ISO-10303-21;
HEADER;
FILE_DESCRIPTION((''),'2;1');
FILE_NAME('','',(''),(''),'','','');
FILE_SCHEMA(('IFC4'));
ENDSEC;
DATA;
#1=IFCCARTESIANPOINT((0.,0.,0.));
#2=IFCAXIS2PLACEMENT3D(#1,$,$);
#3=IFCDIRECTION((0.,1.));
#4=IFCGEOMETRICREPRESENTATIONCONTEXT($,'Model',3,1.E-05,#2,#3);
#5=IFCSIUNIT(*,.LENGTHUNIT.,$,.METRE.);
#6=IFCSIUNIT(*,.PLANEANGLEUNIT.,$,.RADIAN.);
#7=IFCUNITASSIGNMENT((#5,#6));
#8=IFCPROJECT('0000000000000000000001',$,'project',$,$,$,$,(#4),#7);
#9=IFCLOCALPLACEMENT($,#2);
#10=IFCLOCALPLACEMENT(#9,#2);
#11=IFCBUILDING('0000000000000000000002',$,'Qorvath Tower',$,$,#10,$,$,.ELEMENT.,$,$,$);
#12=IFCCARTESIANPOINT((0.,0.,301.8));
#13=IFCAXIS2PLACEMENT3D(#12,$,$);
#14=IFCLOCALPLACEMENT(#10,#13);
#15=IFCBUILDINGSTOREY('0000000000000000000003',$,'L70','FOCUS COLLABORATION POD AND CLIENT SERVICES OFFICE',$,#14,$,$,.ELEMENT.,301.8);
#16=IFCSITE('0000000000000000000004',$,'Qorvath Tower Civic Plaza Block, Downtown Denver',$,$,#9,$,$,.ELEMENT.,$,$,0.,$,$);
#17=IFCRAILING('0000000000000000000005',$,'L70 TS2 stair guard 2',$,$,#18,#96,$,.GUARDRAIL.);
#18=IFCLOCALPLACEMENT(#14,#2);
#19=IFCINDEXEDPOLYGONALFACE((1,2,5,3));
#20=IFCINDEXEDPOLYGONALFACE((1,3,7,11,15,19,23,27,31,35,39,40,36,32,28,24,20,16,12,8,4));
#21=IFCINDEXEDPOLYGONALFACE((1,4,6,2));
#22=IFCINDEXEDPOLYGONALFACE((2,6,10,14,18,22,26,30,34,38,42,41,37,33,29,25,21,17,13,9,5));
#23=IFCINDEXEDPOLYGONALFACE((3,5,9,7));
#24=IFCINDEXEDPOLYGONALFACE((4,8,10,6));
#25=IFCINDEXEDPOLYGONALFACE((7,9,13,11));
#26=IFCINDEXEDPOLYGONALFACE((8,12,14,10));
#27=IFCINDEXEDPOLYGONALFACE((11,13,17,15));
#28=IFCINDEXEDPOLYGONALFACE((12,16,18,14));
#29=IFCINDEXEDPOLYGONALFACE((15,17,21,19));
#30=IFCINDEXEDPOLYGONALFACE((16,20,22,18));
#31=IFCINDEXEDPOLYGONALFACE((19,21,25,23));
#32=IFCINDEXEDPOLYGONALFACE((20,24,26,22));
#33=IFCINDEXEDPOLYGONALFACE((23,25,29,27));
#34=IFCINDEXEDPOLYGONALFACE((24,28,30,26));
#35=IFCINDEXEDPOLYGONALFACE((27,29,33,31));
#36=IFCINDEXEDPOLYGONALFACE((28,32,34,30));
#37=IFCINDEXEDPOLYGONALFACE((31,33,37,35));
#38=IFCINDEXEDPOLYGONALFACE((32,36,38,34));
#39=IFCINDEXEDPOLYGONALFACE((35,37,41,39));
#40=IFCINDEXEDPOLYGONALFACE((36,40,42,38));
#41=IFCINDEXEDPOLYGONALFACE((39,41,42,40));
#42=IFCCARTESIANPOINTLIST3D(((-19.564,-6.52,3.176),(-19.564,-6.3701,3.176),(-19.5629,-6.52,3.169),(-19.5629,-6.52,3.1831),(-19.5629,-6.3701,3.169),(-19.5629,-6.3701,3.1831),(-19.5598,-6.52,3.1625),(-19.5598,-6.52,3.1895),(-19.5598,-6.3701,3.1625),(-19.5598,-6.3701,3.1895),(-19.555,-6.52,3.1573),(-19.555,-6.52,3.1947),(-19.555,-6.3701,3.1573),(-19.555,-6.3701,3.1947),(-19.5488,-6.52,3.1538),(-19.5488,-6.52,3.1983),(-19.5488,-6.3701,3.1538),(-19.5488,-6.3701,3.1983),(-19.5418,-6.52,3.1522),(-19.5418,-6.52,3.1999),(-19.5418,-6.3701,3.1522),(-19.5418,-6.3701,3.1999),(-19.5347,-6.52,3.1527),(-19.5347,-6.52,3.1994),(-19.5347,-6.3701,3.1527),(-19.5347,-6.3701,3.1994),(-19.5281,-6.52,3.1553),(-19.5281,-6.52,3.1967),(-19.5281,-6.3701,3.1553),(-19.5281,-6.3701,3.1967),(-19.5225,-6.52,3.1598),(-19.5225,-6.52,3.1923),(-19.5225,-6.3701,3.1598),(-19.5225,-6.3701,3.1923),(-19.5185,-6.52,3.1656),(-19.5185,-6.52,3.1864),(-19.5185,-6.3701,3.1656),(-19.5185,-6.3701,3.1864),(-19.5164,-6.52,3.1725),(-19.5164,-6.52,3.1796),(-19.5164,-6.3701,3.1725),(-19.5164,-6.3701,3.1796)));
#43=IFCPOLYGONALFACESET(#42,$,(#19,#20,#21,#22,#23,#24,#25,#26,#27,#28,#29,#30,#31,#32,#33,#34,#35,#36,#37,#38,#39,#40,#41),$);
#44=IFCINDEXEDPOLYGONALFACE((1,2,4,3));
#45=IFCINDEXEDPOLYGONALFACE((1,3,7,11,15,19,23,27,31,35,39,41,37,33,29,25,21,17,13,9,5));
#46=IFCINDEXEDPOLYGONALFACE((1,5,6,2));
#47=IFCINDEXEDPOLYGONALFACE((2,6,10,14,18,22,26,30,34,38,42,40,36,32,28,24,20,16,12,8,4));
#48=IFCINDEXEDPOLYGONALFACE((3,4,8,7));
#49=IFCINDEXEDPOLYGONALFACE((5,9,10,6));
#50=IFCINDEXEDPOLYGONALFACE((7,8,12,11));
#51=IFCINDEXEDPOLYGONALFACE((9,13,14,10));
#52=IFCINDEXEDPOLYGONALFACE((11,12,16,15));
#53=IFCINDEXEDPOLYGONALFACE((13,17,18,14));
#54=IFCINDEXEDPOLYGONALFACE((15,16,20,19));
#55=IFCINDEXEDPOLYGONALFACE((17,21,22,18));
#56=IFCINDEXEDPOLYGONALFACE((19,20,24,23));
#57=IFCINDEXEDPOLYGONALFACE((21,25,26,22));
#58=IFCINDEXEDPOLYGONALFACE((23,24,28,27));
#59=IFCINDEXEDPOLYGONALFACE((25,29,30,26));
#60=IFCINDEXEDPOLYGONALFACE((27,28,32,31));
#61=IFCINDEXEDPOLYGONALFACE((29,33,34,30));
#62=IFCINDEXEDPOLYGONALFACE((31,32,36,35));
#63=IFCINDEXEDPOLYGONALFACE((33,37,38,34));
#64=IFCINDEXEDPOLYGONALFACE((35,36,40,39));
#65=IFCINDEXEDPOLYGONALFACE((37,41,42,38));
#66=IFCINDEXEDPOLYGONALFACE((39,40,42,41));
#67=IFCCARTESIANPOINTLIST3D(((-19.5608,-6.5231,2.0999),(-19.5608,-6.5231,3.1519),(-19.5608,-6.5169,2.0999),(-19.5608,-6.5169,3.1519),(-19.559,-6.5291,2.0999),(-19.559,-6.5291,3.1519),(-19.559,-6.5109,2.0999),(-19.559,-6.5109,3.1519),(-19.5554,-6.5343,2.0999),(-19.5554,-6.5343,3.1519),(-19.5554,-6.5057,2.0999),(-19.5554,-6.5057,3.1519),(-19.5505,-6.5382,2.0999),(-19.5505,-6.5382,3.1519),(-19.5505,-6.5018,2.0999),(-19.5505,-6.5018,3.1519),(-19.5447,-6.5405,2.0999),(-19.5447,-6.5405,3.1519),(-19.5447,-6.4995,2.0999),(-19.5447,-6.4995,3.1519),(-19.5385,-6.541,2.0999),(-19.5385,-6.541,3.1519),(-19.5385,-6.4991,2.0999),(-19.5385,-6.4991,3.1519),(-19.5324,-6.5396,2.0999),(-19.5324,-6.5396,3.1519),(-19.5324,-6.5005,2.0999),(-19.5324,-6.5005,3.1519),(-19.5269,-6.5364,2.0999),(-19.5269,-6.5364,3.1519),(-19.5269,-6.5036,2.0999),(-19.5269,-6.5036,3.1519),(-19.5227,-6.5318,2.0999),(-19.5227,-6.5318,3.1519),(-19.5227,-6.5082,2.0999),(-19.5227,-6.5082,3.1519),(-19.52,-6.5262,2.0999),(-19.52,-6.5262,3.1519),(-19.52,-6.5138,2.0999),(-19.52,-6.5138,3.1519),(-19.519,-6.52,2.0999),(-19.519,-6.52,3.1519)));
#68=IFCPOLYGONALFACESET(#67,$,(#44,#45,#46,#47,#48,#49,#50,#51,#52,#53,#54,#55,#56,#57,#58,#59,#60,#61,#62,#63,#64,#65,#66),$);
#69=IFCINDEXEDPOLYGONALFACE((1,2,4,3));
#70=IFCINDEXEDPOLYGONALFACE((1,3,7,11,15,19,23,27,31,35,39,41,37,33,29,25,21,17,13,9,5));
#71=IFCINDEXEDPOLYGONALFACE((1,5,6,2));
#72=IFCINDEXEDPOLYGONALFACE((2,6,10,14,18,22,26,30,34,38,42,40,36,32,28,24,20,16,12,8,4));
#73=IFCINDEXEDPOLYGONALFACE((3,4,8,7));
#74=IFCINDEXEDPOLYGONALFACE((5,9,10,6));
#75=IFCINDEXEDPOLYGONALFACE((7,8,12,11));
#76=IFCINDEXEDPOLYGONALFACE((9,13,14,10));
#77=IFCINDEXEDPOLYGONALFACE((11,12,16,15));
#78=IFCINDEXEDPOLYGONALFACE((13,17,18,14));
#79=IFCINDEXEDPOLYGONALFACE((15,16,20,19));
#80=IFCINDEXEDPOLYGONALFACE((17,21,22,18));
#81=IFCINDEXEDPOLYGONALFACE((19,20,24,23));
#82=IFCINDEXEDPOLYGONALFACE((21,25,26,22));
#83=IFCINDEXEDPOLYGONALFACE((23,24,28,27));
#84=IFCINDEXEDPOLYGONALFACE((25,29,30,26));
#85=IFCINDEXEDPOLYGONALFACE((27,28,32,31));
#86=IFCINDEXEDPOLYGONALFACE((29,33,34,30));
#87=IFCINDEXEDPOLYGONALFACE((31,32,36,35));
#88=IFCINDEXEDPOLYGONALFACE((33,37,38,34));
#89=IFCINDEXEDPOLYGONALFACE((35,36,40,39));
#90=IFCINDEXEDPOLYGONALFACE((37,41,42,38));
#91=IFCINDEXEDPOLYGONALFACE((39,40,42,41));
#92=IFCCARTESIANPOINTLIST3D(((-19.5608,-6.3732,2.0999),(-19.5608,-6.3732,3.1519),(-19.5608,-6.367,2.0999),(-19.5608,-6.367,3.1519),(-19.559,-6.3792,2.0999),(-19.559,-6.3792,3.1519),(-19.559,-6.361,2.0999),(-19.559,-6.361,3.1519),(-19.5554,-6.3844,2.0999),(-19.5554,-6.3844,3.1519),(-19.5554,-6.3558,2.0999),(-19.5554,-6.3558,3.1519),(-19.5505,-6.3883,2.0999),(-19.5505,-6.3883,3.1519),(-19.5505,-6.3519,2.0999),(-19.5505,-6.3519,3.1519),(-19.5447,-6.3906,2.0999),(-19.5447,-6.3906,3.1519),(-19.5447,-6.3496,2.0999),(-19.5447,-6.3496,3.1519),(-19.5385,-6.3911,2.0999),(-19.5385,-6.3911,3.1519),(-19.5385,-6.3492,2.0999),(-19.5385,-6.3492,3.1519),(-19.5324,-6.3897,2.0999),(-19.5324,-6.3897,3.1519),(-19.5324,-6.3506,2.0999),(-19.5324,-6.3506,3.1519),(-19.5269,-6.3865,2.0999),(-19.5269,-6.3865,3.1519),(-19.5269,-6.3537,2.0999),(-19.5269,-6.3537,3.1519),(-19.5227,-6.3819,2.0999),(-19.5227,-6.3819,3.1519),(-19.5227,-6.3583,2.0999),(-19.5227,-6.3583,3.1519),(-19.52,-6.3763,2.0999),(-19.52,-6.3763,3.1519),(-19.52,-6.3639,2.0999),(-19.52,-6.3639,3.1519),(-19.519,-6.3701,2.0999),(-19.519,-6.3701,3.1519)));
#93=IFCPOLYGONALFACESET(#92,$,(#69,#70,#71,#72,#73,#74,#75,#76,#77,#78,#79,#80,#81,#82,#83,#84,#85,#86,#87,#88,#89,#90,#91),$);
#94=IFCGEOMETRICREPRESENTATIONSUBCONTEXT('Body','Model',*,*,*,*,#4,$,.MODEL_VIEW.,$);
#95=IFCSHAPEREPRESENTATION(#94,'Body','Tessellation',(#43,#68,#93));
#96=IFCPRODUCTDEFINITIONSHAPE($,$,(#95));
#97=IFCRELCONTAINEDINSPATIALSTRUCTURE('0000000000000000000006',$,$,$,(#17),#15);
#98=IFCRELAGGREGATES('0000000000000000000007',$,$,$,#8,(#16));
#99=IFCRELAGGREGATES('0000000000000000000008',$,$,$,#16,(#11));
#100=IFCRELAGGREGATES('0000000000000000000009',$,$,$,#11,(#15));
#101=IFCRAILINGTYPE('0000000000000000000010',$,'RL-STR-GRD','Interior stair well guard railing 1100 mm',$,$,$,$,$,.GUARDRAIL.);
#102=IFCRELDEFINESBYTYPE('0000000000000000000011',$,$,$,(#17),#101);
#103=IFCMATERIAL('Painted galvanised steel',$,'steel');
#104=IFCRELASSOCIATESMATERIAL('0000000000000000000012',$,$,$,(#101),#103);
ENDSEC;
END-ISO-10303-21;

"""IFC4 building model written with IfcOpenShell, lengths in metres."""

from ifc_helpers import new_model, si_unit, direction, frame, origin, origin_2d, place, context, subcontext, project, spatial, circle, extrude, material, type_object, element, save


model = new_model("IFC4")

# Units and contexts
model_context = context("Model", 3, precision=1e-05, world=origin(), true_north=direction((0.0, 1.0)))
body_context = subcontext(model_context, "Body", "Model", "MODEL_VIEW")
ifc_project = project(units=[si_unit("LENGTHUNIT", "METRE"), si_unit("PLANEANGLEUNIT", "RADIAN")], contexts=[model_context])

# Site, building, storey
site_placement = place(None, origin())
site = spatial("IfcSite", under=ifc_project, at=site_placement, Name="Qorvath Tower Civic Plaza Block, Downtown Denver", CompositionType="ELEMENT", RefElevation=0.0)
building_placement = place(site_placement, origin())
building = spatial("IfcBuilding", under=site, at=building_placement, Name="Qorvath Tower", CompositionType="ELEMENT")
storey_placement = place(building_placement, frame((0.0, 0.0, 301.8)))
storey = spatial("IfcBuildingStorey", under=building, at=storey_placement, Name="L70", Description="FOCUS COLLABORATION POD AND CLIENT SERVICES OFFICE", CompositionType="ELEMENT", Elevation=301.8)

# Railing
ifc_material_1 = material(Name="Painted galvanised steel", Category="steel")
railing_type = type_object("IfcRailingType", Name="RL-STR-GRD", Description="Interior stair well guard railing 1100 mm", PredefinedType="GUARDRAIL", material=ifc_material_1)
railing_1_placement = place(storey_placement, frame((-19.54, -6.52, 2.0999)))
element("IfcRailing", 1, at=railing_1_placement, inside=storey, type_object=railing_type, Name="L70 TS2 stair guard 2", PredefinedType="GUARDRAIL", context=body_context, shape_type="SweptSolid", body=[
    extrude(circle(Radius=0.0239, at=origin_2d()), frame((0.0, 0.0, 1.0762), z_axis=(0.0, 1.0, 0.0), x_axis=(-1.0, 0.0, 0.0)), (0.0, 0.0, 1.0), 0.1499),
    extrude(circle(Radius=0.021, at=origin_2d()), origin(), (0.0, 0.0, 1.0), 1.052),
    extrude(circle(Radius=0.021, at=origin_2d()), frame((0.0, 0.1499, 0.0)), (0.0, 0.0, 1.0), 1.052),
])

save(model, "model.ifc")
